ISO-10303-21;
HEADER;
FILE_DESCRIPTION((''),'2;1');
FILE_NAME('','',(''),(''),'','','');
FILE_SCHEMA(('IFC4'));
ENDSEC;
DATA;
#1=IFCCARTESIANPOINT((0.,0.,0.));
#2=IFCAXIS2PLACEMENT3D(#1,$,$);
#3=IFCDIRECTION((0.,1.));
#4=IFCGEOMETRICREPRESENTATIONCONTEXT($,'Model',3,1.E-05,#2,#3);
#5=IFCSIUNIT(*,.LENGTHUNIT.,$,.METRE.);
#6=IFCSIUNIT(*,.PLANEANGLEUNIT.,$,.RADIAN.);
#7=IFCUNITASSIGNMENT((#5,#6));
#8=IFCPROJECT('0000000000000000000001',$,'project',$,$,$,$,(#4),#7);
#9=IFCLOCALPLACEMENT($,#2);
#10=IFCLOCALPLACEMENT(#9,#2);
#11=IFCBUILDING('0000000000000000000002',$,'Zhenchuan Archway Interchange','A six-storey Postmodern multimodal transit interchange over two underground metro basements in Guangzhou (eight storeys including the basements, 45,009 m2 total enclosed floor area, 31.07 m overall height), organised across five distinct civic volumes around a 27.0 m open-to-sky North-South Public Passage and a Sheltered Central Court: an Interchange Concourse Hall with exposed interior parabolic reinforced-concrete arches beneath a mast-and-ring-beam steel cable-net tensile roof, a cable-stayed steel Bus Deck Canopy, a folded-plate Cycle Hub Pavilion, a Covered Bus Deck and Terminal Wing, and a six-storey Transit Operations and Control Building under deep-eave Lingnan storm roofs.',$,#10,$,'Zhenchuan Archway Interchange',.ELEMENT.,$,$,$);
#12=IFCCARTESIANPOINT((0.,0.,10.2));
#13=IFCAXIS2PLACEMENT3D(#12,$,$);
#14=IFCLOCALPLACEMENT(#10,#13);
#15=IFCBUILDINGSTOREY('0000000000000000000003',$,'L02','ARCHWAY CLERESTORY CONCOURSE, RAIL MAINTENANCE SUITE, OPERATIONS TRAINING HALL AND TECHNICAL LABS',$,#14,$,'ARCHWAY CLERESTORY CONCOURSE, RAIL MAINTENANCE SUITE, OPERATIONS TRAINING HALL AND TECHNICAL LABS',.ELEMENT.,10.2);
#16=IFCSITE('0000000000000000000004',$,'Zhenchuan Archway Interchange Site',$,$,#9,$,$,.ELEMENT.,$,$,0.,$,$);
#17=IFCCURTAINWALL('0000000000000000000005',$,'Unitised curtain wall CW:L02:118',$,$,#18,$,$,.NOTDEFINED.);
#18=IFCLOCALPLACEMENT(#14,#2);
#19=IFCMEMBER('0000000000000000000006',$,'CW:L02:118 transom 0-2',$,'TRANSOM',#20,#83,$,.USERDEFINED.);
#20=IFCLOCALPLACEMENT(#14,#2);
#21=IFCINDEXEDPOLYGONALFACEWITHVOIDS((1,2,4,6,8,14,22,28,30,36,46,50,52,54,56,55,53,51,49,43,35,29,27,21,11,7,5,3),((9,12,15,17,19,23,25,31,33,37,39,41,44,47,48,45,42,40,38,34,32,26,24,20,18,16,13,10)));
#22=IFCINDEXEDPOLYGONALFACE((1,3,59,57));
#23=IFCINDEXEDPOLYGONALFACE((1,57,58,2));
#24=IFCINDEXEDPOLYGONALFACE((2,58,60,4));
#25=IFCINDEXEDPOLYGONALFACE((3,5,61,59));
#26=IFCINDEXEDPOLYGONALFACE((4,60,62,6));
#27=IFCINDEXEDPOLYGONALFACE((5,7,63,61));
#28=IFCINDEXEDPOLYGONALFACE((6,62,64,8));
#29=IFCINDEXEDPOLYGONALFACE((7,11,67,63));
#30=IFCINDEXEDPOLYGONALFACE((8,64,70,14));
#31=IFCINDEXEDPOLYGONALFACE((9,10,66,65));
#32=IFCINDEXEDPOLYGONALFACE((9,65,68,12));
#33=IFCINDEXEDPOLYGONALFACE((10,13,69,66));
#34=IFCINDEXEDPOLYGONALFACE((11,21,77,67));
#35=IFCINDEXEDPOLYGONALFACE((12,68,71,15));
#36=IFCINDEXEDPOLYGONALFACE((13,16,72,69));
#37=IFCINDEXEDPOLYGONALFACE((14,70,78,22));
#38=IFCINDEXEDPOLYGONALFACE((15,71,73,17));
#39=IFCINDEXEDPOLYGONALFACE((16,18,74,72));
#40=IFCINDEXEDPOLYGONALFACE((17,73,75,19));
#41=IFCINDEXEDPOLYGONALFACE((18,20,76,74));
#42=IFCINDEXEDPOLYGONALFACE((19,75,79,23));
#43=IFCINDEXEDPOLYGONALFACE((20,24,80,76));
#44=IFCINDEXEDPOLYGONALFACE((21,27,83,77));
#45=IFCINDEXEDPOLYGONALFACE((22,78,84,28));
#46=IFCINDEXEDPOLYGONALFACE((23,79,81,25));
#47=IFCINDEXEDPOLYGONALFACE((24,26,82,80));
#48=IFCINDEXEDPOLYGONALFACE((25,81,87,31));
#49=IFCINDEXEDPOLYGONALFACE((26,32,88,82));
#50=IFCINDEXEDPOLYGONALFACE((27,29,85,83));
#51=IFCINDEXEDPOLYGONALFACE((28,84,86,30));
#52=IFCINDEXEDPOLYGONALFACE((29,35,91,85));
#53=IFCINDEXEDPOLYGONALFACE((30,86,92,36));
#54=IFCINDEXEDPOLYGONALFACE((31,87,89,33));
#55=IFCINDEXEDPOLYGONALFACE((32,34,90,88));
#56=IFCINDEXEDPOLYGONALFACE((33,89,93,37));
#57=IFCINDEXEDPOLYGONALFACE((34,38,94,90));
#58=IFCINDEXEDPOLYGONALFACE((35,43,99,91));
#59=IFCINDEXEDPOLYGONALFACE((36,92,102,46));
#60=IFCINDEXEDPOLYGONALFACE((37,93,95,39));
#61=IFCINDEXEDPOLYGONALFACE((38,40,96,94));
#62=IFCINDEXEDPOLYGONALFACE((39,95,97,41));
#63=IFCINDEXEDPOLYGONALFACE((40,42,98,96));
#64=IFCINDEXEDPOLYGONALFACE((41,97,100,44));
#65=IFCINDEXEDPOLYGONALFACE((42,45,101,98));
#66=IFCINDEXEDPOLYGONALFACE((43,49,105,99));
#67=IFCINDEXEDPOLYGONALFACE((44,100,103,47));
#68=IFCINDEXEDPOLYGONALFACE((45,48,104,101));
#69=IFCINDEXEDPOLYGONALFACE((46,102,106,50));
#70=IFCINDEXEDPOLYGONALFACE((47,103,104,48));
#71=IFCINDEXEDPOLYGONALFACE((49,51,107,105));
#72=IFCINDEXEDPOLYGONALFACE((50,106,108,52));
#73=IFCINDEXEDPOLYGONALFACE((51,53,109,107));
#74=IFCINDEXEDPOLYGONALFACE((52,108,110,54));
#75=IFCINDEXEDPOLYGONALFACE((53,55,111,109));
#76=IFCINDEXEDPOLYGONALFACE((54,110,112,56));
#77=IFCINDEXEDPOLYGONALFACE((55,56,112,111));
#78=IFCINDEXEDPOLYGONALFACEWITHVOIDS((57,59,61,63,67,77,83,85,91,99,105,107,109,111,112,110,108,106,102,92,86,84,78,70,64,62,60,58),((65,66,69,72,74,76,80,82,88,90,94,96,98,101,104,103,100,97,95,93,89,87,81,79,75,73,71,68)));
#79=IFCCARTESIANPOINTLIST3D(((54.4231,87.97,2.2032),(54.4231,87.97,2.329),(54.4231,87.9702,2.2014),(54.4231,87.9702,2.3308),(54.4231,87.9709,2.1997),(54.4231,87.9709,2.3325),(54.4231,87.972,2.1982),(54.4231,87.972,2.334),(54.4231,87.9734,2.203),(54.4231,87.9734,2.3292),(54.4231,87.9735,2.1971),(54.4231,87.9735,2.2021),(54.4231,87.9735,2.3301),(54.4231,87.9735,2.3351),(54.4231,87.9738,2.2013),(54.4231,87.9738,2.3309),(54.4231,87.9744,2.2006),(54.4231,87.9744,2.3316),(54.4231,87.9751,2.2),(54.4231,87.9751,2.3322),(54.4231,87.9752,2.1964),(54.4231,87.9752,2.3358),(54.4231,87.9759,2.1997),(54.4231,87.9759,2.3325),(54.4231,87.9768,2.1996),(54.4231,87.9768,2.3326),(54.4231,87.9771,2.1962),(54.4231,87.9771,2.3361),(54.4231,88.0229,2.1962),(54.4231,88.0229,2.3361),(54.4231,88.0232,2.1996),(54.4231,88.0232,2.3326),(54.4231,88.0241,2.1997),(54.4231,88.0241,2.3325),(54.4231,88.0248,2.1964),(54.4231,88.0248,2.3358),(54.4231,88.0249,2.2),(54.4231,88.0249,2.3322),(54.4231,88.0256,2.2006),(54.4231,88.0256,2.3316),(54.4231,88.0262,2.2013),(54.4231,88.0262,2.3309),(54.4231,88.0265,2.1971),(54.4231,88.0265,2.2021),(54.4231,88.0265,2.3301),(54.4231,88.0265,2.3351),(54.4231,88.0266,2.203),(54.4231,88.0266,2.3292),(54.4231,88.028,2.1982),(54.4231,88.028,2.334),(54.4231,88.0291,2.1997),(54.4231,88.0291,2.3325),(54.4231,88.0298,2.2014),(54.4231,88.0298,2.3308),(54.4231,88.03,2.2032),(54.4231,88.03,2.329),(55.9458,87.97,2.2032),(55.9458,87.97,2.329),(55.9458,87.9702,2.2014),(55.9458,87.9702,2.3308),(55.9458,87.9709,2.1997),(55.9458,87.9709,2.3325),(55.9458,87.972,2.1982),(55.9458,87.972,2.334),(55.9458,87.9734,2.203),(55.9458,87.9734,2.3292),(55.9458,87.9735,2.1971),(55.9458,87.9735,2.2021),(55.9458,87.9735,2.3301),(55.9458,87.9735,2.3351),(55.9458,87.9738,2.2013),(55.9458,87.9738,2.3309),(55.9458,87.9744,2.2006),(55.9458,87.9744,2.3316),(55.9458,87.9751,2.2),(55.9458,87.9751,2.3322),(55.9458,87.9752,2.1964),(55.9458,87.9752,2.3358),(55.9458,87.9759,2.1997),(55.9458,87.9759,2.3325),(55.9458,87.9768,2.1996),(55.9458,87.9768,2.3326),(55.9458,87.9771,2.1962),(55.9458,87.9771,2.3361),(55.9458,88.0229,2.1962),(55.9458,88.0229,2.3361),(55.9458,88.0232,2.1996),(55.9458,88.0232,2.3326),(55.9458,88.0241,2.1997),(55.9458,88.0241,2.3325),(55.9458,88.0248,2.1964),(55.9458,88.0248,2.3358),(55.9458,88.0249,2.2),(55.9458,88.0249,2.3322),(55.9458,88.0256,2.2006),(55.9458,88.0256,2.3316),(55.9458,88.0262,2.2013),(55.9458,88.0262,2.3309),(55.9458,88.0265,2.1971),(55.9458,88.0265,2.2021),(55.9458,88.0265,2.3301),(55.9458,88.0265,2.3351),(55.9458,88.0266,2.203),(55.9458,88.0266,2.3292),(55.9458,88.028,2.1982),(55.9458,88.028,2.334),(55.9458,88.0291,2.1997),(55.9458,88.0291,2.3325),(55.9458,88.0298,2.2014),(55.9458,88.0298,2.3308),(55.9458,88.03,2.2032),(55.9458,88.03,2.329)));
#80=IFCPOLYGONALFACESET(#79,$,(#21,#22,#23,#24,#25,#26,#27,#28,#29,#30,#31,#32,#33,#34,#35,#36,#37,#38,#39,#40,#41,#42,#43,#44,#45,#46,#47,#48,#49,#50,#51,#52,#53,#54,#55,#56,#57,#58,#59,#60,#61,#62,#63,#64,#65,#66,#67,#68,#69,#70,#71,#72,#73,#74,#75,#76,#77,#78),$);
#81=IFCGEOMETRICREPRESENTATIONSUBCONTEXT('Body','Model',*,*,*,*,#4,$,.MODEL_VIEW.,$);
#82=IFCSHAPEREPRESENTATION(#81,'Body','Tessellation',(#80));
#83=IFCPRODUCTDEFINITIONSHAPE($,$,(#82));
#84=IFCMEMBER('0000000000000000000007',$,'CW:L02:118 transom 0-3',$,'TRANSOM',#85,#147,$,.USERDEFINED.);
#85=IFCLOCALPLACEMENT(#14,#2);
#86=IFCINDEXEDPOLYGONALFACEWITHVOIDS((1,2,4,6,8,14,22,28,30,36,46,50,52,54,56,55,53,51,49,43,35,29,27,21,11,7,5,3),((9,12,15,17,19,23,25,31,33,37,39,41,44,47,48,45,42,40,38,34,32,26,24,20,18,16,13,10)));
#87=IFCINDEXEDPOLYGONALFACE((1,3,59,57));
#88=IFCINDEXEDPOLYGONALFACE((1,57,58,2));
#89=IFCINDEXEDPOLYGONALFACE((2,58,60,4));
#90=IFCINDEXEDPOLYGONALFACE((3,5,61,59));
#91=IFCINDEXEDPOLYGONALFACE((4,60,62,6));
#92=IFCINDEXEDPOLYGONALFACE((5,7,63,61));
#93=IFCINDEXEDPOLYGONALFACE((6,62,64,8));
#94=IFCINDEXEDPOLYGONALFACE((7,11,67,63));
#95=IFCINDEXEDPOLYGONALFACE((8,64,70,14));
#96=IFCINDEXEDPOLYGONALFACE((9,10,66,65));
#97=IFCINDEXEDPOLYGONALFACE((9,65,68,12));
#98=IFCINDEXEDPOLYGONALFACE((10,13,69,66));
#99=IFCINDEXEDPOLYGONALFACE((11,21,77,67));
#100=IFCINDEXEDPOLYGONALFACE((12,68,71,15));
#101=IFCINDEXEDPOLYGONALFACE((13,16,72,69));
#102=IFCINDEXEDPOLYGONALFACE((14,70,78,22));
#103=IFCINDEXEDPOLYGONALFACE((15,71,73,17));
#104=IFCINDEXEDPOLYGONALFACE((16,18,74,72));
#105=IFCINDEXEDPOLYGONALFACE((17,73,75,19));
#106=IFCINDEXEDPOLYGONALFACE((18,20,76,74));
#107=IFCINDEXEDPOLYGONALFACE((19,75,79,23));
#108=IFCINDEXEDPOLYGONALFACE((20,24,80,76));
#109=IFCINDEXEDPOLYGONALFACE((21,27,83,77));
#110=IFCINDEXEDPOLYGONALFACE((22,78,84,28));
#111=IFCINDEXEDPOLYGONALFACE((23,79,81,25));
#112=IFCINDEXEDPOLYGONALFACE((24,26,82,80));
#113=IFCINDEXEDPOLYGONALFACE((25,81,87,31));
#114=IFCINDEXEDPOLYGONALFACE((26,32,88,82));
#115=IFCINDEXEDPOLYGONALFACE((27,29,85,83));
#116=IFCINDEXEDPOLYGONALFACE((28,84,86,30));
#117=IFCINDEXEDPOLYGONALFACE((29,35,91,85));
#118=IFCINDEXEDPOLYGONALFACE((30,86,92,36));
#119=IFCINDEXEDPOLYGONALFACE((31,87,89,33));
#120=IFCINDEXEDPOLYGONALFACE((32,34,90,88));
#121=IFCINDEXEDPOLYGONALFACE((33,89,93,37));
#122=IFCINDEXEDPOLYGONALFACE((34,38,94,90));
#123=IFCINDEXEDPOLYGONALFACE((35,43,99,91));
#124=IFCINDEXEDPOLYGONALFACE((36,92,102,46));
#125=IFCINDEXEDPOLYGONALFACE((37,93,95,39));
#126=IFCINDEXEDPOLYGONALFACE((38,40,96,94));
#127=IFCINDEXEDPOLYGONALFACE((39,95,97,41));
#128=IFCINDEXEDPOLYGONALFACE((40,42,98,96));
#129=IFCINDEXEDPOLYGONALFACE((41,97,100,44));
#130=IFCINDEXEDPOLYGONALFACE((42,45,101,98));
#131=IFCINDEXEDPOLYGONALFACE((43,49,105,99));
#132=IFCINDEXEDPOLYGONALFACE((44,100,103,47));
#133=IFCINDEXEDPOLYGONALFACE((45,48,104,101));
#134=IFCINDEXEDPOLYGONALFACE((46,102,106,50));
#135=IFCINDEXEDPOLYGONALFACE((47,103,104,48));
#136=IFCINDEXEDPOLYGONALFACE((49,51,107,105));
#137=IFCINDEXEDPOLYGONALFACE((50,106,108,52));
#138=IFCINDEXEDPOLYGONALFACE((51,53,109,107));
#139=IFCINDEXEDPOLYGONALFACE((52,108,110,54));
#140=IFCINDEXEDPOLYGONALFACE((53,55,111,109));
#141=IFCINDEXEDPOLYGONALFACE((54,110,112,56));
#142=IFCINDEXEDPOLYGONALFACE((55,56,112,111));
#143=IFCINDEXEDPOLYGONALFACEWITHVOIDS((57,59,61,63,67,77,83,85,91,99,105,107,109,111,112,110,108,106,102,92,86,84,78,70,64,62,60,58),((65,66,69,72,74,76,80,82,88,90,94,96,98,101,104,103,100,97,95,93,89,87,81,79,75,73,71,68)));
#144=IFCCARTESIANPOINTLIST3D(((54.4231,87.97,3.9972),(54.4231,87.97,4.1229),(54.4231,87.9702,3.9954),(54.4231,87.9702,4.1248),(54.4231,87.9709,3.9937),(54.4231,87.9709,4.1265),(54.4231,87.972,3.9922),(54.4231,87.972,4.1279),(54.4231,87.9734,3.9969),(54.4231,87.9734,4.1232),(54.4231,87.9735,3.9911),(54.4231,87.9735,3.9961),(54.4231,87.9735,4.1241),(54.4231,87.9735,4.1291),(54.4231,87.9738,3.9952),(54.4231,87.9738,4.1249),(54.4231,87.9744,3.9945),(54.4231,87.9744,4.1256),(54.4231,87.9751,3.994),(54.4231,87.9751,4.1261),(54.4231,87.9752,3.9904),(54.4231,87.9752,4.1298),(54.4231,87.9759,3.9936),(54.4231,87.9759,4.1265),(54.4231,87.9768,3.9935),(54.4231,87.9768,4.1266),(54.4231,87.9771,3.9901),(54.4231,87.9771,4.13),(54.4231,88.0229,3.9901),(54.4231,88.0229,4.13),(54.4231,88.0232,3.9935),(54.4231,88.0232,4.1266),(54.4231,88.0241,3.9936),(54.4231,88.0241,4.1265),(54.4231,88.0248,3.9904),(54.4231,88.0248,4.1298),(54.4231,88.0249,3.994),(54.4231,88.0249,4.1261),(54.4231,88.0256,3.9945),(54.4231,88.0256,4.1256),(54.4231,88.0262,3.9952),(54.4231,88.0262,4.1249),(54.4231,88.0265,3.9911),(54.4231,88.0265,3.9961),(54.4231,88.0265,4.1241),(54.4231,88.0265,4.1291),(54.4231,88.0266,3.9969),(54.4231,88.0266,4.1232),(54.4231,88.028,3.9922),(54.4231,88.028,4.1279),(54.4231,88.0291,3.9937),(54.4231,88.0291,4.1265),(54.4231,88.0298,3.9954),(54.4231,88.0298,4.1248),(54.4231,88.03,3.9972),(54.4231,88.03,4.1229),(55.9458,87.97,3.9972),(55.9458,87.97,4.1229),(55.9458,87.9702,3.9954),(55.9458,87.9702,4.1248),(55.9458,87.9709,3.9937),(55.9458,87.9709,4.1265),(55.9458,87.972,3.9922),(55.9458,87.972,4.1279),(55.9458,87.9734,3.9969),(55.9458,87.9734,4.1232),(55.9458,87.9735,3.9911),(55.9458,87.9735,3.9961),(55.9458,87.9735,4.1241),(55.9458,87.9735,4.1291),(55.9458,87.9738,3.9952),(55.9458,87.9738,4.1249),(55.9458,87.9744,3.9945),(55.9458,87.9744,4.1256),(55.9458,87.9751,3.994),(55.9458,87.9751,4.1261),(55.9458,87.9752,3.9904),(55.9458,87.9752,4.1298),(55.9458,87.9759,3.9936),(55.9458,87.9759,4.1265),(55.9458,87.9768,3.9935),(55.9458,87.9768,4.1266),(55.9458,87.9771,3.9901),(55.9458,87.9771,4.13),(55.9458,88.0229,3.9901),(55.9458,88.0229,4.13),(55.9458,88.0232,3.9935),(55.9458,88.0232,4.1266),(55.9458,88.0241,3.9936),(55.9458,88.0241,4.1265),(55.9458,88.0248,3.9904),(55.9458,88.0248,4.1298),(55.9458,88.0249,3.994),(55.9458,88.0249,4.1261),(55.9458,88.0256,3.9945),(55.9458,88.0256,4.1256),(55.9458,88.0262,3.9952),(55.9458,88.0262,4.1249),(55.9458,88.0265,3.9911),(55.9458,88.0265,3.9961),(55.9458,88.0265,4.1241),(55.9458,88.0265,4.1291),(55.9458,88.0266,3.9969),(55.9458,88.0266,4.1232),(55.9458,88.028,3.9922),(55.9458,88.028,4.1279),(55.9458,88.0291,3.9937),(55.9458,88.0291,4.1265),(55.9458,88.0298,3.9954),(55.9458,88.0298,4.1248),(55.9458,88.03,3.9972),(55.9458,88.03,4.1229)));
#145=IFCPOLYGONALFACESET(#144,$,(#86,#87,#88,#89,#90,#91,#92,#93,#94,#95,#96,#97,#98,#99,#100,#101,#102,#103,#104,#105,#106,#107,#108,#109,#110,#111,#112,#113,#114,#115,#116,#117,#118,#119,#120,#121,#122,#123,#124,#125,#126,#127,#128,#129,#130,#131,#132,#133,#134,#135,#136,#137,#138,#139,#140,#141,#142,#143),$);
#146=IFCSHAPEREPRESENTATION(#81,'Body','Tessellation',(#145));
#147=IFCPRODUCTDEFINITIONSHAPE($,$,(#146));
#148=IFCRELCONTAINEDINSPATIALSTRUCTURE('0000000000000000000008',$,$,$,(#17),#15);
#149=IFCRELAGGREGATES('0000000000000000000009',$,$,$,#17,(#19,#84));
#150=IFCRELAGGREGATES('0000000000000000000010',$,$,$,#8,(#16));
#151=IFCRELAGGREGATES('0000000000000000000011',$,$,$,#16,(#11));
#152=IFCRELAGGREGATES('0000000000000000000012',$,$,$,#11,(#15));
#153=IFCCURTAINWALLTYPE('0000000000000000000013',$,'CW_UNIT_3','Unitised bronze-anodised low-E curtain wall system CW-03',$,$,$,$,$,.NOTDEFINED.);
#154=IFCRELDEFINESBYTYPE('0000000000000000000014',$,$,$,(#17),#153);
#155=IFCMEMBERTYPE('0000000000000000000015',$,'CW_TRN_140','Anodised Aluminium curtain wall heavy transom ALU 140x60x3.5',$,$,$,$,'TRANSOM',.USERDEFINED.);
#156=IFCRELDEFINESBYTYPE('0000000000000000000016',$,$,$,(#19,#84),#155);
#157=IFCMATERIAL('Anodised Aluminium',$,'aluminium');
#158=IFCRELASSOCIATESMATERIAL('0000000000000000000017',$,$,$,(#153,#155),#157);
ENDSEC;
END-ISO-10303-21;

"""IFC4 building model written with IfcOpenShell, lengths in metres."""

from ifc_helpers import new_model, si_unit, direction, frame, origin, origin_2d, place, context, subcontext, project, spatial, hollow_rectangle, extrude, material, material_profile, profile_set, type_object, element, aggregate, save


model = new_model("IFC4")

# Units and contexts
model_context = context("Model", 3, precision=1e-05, world=origin(), true_north=direction((0.0, 1.0)))
body_context = subcontext(model_context, "Body", "Model", "MODEL_VIEW")
ifc_project = project(units=[si_unit("LENGTHUNIT", "METRE"), si_unit("PLANEANGLEUNIT", "RADIAN")], contexts=[model_context])

# Site, building, storey
site_placement = place(None, origin())
site = spatial("IfcSite", under=ifc_project, at=site_placement, Name="Zhenchuan Archway Interchange Site", CompositionType="ELEMENT", RefElevation=0.0)
building_placement = place(site_placement, origin())
building = spatial("IfcBuilding", under=site, at=building_placement, Name="Zhenchuan Archway Interchange", Description="A six-storey Postmodern multimodal transit interchange over two underground metro basements in Guangzhou (eight storeys including the basements, 45,009 m2 total enclosed floor area, 31.07 m overall height), organised across five distinct civic volumes around a 27.0 m open-to-sky North-South Public Passage and a Sheltered Central Court: an Interchange Concourse Hall with exposed interior parabolic reinforced-concrete arches beneath a mast-and-ring-beam steel cable-net tensile roof, a cable-stayed steel Bus Deck Canopy, a folded-plate Cycle Hub Pavilion, a Covered Bus Deck and Terminal Wing, and a six-storey Transit Operations and Control Building under deep-eave Lingnan storm roofs.", LongName="Zhenchuan Archway Interchange", CompositionType="ELEMENT")
storey_placement = place(building_placement, frame((0.0, 0.0, 10.2)))
storey = spatial("IfcBuildingStorey", under=building, at=storey_placement, Name="L02", Description="ARCHWAY CLERESTORY CONCOURSE, RAIL MAINTENANCE SUITE, OPERATIONS TRAINING HALL AND TECHNICAL LABS", LongName="ARCHWAY CLERESTORY CONCOURSE, RAIL MAINTENANCE SUITE, OPERATIONS TRAINING HALL AND TECHNICAL LABS", CompositionType="ELEMENT", Elevation=10.2)

# Shared definitions
ifc_material_1 = material(Name="Anodised Aluminium", Category="aluminium")

# Curtain wall, members
curtain_wall_type_1 = type_object("IfcCurtainWallType", Name="CW_UNIT_3", Description="Unitised bronze-anodised low-E curtain wall system CW-03", PredefinedType="NOTDEFINED", material=ifc_material_1)
curtain_wall_1_placement = place(storey_placement, origin())
curtain_wall_1 = element("IfcCurtainWall", 1, at=curtain_wall_1_placement, inside=storey, type_object=curtain_wall_type_1, Name="Unitised curtain wall CW:L02:118", PredefinedType="NOTDEFINED")
ifc_material_profile_1 = material_profile(ifc_material_1, hollow_rectangle(XDim=0.0601, YDim=0.1399, WallThickness=0.0034, InnerFilletRadius=0.0034, OuterFilletRadius=0.0071, at=origin_2d()), Name="ALU 140x60x3.5")
ifc_profile_set_1 = profile_set([ifc_material_profile_1], Name="Anodised Aluminium")
member_type_1 = type_object("IfcMemberType", Name="CW_TRN_140", Description="Anodised Aluminium curtain wall heavy transom ALU 140x60x3.5", ElementType="TRANSOM", PredefinedType="USERDEFINED", material=ifc_profile_set_1)
member_1_placement = place(storey_placement, frame((54.4231, 88.0, 2.2661), z_axis=(1.0, 0.0, 0.0), x_axis=(0.0, 1.0, 0.0)))
member_1 = element("IfcMember", 2, at=member_1_placement, type_object=member_type_1, Name="CW:L02:118 transom 0-2", ObjectType="TRANSOM", PredefinedType="USERDEFINED", context=body_context, shape_type="SweptSolid", body=[
    extrude(hollow_rectangle(XDim=0.0601, YDim=0.1399, WallThickness=0.0034, InnerFilletRadius=0.0034, OuterFilletRadius=0.0071, at=origin_2d()), origin(), (0.0, 0.0, 1.0), 1.5227),
])
member_2_placement = place(storey_placement, frame((54.4231, 88.0, 4.0601), z_axis=(1.0, 0.0, 0.0), x_axis=(0.0, 1.0, 0.0)))
member_2 = element("IfcMember", 3, at=member_2_placement, type_object=member_type_1, Name="CW:L02:118 transom 0-3", ObjectType="TRANSOM", PredefinedType="USERDEFINED", context=body_context, shape_type="SweptSolid", body=[
    extrude(hollow_rectangle(XDim=0.0601, YDim=0.1399, WallThickness=0.0034, InnerFilletRadius=0.0034, OuterFilletRadius=0.0071, at=origin_2d()), origin(), (0.0, 0.0, 1.0), 1.5227),
])

aggregate(curtain_wall_1, [member_1, member_2])

save(model, "model.ifc")
